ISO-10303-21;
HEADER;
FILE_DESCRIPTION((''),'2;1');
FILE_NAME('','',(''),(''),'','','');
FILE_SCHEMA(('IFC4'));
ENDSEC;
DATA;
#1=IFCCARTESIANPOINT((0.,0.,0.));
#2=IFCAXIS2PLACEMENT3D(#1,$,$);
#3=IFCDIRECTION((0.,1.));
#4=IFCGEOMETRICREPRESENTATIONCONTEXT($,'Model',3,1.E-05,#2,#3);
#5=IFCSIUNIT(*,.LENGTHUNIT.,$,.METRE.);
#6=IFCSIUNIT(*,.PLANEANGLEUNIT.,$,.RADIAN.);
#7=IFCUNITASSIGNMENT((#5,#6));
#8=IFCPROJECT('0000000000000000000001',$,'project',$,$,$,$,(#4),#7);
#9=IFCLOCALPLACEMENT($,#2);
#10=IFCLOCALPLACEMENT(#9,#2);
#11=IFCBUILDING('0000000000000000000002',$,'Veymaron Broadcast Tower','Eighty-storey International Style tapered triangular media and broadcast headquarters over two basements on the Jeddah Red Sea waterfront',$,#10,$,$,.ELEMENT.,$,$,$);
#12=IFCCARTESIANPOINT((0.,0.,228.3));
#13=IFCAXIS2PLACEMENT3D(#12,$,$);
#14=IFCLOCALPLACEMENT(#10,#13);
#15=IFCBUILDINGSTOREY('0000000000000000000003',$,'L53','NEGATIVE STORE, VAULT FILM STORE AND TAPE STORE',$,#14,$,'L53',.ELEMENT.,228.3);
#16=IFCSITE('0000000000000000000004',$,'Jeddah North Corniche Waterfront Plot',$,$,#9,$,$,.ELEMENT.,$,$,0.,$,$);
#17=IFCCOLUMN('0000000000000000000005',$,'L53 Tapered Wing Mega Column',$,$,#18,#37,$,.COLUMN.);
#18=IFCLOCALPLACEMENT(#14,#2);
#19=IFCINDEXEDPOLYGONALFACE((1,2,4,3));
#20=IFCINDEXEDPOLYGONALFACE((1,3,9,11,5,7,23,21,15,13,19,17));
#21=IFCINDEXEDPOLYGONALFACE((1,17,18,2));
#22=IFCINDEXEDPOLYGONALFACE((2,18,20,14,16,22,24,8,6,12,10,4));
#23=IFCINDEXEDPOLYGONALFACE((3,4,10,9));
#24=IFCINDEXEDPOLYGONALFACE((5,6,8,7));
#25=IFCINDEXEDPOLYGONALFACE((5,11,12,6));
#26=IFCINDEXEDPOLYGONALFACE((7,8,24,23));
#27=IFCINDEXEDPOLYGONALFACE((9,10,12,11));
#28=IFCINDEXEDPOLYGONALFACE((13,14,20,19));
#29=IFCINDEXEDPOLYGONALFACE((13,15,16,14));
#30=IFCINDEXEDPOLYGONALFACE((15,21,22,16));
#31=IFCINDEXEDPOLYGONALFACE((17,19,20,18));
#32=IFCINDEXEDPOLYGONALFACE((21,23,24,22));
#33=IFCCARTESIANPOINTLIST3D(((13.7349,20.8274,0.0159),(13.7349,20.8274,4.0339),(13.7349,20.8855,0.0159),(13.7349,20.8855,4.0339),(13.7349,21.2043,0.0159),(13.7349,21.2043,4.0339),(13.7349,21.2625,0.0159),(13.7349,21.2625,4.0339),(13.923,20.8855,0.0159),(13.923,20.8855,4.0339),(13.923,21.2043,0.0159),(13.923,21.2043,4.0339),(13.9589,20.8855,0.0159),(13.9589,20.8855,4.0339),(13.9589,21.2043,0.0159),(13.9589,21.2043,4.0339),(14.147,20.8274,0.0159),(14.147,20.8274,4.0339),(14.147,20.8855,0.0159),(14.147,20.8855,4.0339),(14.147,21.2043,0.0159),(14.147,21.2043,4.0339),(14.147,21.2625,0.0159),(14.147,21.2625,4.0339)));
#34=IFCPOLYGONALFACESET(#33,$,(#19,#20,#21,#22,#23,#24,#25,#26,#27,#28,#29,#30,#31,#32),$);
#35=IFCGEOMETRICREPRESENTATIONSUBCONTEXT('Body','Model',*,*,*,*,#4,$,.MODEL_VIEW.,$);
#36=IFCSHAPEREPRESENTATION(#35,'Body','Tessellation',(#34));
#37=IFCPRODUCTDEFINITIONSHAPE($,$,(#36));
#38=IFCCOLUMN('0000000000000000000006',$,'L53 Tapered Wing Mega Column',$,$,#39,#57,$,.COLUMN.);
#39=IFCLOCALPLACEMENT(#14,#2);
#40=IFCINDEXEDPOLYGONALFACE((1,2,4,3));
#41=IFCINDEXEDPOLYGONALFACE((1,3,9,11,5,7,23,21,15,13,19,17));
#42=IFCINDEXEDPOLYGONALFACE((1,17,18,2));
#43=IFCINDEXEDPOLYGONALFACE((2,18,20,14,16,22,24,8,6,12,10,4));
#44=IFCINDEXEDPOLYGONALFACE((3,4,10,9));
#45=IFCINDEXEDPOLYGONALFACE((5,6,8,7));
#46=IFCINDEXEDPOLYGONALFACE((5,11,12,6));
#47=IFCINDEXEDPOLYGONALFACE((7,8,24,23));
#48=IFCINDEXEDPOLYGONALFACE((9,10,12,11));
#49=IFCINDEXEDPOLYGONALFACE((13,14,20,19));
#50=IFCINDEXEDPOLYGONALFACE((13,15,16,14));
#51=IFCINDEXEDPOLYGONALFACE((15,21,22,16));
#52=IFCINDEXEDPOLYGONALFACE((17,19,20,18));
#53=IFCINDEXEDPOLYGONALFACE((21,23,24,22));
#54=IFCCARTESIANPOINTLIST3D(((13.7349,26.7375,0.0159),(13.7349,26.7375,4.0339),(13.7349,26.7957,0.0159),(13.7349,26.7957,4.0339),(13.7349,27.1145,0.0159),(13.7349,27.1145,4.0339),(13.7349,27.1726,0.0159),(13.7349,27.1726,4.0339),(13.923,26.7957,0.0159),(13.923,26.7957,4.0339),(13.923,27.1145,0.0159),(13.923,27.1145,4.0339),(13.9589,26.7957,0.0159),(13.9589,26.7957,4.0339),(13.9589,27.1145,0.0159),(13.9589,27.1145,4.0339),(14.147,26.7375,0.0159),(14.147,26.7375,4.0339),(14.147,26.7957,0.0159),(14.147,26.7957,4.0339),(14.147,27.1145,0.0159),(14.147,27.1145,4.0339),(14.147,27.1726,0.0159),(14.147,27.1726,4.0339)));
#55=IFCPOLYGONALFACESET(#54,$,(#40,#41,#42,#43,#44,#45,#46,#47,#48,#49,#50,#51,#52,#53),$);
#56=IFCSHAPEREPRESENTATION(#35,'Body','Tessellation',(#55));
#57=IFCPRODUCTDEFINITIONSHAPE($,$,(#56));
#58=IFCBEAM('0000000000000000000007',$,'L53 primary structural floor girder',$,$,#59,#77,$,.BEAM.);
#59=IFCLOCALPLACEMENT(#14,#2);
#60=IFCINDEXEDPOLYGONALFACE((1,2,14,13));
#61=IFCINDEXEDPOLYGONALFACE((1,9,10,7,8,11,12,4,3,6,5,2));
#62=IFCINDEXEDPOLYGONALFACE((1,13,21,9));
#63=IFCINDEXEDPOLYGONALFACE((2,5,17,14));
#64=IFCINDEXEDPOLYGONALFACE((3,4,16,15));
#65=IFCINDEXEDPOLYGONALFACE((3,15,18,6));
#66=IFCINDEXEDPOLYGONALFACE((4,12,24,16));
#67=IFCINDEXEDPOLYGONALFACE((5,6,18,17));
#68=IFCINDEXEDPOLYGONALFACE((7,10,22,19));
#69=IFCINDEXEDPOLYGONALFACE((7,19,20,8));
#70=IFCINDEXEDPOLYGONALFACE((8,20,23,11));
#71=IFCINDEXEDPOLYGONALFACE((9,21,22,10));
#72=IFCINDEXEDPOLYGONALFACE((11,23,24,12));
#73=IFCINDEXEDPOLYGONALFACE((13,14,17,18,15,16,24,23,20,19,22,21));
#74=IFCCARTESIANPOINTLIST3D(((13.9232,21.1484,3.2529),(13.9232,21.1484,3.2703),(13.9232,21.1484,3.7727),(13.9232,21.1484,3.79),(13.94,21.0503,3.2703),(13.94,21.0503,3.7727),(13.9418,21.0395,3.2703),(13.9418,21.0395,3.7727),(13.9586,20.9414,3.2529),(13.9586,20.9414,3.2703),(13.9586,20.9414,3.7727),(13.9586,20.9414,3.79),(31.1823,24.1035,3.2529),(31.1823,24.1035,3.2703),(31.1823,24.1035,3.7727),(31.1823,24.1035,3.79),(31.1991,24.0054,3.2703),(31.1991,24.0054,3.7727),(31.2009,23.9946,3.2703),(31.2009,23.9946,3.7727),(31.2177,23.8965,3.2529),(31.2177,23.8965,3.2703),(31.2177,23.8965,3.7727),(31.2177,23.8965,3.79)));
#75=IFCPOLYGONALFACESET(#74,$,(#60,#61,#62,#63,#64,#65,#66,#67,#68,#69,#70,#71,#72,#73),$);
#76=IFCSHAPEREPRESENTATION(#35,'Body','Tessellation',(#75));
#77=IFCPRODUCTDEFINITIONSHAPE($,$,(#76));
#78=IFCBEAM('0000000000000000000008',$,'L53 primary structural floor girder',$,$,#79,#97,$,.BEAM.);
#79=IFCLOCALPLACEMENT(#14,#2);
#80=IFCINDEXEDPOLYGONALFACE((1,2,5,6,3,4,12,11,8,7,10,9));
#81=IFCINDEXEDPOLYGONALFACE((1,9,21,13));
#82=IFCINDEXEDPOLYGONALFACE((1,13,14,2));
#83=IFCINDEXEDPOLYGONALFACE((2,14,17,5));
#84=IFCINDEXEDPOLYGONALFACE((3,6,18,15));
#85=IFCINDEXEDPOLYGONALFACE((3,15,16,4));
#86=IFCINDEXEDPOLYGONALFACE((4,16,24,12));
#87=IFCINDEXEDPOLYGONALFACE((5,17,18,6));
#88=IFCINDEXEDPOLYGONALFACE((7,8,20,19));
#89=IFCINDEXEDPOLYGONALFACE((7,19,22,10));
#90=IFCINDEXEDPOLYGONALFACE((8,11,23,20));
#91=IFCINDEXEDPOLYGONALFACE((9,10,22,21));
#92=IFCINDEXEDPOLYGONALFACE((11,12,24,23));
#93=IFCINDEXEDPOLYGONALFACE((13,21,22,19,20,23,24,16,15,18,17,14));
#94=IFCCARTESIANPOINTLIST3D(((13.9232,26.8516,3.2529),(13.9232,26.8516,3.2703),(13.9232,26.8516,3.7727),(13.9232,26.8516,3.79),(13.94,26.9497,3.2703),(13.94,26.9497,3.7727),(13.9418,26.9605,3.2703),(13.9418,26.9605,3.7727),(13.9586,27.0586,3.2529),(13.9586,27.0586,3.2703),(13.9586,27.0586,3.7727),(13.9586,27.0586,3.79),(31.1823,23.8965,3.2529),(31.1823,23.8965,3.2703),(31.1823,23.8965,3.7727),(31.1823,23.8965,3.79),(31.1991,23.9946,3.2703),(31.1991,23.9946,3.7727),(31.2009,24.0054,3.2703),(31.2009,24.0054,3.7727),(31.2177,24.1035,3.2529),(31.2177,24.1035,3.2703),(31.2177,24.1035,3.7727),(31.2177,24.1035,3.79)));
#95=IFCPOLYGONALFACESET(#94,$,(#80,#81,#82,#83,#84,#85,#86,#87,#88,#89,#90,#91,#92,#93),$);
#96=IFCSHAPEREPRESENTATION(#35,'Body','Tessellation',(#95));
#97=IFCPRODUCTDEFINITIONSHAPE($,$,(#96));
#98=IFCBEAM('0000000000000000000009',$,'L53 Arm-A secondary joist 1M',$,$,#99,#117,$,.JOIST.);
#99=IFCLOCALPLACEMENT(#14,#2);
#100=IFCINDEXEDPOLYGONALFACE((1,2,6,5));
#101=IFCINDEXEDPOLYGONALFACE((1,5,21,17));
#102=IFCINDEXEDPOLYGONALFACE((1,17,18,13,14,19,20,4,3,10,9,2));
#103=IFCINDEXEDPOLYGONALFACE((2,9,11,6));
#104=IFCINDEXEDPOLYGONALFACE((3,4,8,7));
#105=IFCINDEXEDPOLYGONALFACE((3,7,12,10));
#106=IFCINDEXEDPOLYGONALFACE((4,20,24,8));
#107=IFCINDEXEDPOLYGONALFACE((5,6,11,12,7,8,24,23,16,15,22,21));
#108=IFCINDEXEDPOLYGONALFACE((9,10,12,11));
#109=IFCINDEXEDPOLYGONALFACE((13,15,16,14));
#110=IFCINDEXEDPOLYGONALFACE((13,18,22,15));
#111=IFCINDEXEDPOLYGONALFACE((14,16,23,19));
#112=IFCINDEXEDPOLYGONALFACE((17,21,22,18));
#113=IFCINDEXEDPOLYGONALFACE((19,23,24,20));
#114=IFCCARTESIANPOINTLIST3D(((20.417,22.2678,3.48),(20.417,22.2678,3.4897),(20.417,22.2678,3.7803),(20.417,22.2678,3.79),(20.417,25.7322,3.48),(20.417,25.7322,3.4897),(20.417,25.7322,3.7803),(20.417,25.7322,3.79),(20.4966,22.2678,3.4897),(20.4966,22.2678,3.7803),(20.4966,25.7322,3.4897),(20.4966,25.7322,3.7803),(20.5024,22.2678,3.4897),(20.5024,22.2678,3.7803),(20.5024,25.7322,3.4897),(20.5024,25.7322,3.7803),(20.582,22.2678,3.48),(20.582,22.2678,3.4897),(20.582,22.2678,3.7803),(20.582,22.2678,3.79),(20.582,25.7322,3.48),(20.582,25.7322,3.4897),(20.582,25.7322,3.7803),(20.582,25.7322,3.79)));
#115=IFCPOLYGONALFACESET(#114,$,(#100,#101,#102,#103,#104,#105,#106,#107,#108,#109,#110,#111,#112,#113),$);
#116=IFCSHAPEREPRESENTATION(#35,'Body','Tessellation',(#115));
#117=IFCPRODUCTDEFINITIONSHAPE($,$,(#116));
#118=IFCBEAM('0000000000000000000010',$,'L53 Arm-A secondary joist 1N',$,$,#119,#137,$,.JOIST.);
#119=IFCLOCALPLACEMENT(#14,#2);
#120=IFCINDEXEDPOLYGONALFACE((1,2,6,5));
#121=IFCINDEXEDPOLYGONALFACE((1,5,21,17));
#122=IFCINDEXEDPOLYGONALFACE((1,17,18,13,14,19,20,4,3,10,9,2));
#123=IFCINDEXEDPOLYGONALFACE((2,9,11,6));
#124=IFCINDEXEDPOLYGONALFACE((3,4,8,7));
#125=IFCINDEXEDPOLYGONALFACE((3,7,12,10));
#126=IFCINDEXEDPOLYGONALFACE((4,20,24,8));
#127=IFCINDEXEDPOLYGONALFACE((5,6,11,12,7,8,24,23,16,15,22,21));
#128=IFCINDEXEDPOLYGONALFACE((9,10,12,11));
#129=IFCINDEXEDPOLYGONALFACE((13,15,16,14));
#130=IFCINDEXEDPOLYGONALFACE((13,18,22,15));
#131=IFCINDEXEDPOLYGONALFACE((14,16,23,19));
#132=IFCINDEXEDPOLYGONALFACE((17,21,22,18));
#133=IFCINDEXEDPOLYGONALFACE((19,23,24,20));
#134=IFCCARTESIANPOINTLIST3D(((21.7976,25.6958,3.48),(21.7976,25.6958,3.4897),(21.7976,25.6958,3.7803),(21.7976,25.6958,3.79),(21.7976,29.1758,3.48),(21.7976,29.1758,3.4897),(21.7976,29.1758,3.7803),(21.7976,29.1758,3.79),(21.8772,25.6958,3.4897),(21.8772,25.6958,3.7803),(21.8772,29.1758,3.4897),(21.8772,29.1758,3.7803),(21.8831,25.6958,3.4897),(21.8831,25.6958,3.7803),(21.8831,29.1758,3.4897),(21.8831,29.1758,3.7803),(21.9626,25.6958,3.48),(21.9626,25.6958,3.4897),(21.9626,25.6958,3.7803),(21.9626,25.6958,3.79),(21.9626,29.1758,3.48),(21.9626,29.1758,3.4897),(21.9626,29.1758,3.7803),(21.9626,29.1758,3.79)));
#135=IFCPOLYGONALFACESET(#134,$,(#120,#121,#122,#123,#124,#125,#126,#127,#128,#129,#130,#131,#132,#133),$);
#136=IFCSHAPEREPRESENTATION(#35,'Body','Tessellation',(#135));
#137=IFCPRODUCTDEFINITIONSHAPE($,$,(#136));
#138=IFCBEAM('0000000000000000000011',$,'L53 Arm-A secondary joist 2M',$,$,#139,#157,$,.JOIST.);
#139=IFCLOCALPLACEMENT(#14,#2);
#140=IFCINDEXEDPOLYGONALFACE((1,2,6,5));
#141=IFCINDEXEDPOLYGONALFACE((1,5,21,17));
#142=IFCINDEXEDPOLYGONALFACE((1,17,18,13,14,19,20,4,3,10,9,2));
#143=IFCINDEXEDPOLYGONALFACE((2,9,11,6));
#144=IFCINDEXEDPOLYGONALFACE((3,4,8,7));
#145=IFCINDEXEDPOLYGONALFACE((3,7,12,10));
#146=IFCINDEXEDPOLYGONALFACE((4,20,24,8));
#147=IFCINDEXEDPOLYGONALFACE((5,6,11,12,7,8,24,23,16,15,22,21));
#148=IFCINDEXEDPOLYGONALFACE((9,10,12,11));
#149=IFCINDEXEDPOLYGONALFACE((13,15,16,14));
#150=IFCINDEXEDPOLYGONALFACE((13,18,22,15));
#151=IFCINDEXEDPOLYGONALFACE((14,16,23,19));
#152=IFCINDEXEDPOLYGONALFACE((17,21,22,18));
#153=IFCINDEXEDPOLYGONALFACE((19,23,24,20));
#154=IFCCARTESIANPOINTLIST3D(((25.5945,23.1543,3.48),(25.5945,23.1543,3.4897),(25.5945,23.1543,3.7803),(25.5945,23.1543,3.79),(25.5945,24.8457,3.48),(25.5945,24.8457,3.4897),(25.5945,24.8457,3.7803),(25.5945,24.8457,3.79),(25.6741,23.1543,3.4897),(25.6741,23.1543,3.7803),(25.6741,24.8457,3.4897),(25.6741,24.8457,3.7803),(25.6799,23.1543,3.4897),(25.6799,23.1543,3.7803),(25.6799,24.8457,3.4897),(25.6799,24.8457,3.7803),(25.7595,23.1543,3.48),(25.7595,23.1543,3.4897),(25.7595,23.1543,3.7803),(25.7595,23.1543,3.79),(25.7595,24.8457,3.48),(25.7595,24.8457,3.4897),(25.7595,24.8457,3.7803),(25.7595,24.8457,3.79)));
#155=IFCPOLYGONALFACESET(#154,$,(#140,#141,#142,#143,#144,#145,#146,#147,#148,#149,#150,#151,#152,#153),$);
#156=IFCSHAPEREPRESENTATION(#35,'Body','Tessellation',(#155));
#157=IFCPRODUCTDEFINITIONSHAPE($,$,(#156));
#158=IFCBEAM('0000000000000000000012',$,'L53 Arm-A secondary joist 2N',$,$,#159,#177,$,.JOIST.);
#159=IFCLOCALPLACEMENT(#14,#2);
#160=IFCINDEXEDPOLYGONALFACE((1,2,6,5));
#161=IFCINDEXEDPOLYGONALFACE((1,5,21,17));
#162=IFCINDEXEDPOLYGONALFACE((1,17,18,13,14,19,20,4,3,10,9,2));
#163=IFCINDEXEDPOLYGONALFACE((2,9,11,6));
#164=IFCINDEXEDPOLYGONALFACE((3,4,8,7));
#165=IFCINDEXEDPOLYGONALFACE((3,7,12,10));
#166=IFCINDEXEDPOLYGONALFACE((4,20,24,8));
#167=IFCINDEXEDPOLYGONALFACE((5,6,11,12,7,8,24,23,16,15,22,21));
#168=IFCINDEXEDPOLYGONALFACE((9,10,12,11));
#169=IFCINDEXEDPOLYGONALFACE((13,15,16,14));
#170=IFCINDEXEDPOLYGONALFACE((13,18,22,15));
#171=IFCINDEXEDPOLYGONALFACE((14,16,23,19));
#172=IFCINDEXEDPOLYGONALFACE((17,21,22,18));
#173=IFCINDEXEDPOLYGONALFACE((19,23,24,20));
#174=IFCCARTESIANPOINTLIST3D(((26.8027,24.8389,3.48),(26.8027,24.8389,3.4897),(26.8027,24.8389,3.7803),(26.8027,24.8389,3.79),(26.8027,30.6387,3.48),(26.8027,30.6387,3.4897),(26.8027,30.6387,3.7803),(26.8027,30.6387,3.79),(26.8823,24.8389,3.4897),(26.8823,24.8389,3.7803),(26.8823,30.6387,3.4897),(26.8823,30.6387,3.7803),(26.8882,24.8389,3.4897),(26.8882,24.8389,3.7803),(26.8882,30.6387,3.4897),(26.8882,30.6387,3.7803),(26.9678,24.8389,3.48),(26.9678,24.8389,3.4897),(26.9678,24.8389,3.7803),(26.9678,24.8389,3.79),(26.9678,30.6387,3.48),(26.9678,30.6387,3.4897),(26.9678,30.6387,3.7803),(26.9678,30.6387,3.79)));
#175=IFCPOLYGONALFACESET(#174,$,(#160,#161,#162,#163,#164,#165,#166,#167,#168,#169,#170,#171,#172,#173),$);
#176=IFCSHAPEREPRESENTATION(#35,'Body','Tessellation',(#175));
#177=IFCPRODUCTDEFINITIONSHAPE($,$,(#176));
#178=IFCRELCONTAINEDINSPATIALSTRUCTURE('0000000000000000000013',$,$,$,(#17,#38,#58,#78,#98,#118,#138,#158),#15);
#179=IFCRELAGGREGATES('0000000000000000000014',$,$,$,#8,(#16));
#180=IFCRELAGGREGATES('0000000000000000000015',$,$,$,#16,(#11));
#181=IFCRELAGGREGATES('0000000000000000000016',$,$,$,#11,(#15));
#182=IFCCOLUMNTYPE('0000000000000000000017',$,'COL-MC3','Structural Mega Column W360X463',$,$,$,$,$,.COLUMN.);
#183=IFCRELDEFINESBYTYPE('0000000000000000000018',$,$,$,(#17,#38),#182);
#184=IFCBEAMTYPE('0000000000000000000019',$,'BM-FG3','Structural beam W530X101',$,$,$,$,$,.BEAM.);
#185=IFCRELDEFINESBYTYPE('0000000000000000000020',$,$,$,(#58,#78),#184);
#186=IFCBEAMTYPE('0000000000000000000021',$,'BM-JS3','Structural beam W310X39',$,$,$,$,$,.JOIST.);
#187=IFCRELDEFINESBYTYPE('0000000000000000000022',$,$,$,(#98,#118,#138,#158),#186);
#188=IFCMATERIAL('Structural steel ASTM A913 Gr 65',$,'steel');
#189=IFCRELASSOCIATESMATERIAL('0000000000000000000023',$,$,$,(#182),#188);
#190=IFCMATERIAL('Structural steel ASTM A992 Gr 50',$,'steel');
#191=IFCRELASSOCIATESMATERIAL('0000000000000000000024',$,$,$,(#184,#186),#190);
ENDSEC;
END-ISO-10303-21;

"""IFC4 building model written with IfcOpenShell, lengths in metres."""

from ifc_helpers import new_model, si_unit, direction, frame, origin, origin_2d, place, context, subcontext, project, spatial, i_section, extrude, material, material_profile, profile_set, type_object, element, save


model = new_model("IFC4")

# Units and contexts
model_context = context("Model", 3, precision=1e-05, world=origin(), true_north=direction((0.0, 1.0)))
body_context = subcontext(model_context, "Body", "Model", "MODEL_VIEW")
ifc_project = project(units=[si_unit("LENGTHUNIT", "METRE"), si_unit("PLANEANGLEUNIT", "RADIAN")], contexts=[model_context])

# Site, building, storey
site_placement = place(None, origin())
site = spatial("IfcSite", under=ifc_project, at=site_placement, Name="Jeddah North Corniche Waterfront Plot", CompositionType="ELEMENT", RefElevation=0.0)
building_placement = place(site_placement, origin())
building = spatial("IfcBuilding", under=site, at=building_placement, Name="Veymaron Broadcast Tower", Description="Eighty-storey International Style tapered triangular media and broadcast headquarters over two basements on the Jeddah Red Sea waterfront", CompositionType="ELEMENT")
storey_placement = place(building_placement, frame((0.0, 0.0, 228.3)))
storey = spatial("IfcBuildingStorey", under=building, at=storey_placement, Name="L53", Description="NEGATIVE STORE, VAULT FILM STORE AND TAPE STORE", LongName="L53", CompositionType="ELEMENT", Elevation=228.3)

# Columns
ifc_material_1 = material(Name="Structural steel ASTM A913 Gr 65", Category="steel")
ifc_material_profile_1 = material_profile(ifc_material_1, i_section(OverallWidth=0.4121, OverallDepth=0.4351, WebThickness=0.0359, FlangeThickness=0.0581, at=origin_2d()), Name="W360X463")
ifc_profile_set_1 = profile_set([ifc_material_profile_1], Name="Structural steel ASTM A913 Gr 65")
column_type = type_object("IfcColumnType", Name="COL-MC3", Description="Structural Mega Column W360X463", PredefinedType="COLUMN", material=ifc_profile_set_1)
for number, where, z_axis, x_axis, name in (
    (1, (13.9409, 21.0449, 0.0159), (0.0, 0.0, 1.0), (1.0, 0.0, 0.0), "L53 Tapered Wing Mega Column"),
    (2, (13.9409, 26.9551, 0.0159), (0.0, 0.0, 1.0), (1.0, 0.0, 0.0), "L53 Tapered Wing Mega Column"),
):
    element("IfcColumn", number, at=place(storey_placement, frame(where, z_axis=z_axis, x_axis=x_axis)), inside=storey, type_object=column_type, Name=name, PredefinedType="COLUMN", context=body_context, shape_type="SweptSolid", body=[
        extrude(i_section(OverallWidth=0.4121, OverallDepth=0.4351, WebThickness=0.0359, FlangeThickness=0.0581, at=origin_2d()), origin(), (0.0, 0.0, 1.0), 4.0181),
    ])

# Beams
ifc_material_2 = material(Name="Structural steel ASTM A992 Gr 50", Category="steel")
ifc_material_profile_2 = material_profile(ifc_material_2, i_section(OverallWidth=0.21, OverallDepth=0.5371, WebThickness=0.011, FlangeThickness=0.0173, at=origin_2d()), Name="W530X101")
ifc_profile_set_2 = profile_set([ifc_material_profile_2], Name="Structural steel ASTM A992 Gr 50")
beam_type_1 = type_object("IfcBeamType", Name="BM-FG3", Description="Structural beam W530X101", PredefinedType="BEAM", material=ifc_profile_set_2)
for number, where, z_axis, x_axis, name in (
    (3, (13.9409, 21.0449, 3.5215), (0.985657, 0.168763, 0.0), (-0.168763, 0.985657, 0.0), "L53 primary structural floor girder"),
    (4, (13.9409, 26.9551, 3.5215), (0.985657, -0.168763, 0.0), (0.168763, 0.985657, 0.0), "L53 primary structural floor girder"),
):
    element("IfcBeam", number, at=place(storey_placement, frame(where, z_axis=z_axis, x_axis=x_axis)), inside=storey, type_object=beam_type_1, Name=name, PredefinedType="BEAM", context=body_context, shape_type="SweptSolid", body=[
        extrude(i_section(OverallWidth=0.21, OverallDepth=0.5371, WebThickness=0.011, FlangeThickness=0.0173, at=origin_2d()), origin(), (0.0, 0.0, 1.0), 17.5103),
    ])
ifc_material_profile_3 = material_profile(ifc_material_2, i_section(OverallWidth=0.165, OverallDepth=0.3101, WebThickness=0.0059, FlangeThickness=0.0098, at=origin_2d()), Name="W310X39")
ifc_profile_set_3 = profile_set([ifc_material_profile_3], Name="Structural steel ASTM A992 Gr 50")
beam_type_2 = type_object("IfcBeamType", Name="BM-JS3", Description="Structural beam W310X39", PredefinedType="JOIST", material=ifc_profile_set_3)
beam_1_placement = place(storey_placement, frame((20.4995, 22.2678, 3.635), z_axis=(0.0, 1.0, 0.0), x_axis=(-1.0, 0.0, 0.0)))
element("IfcBeam", 5, at=beam_1_placement, inside=storey, type_object=beam_type_2, Name="L53 Arm-A secondary joist 1M", PredefinedType="JOIST", context=body_context, shape_type="SweptSolid", body=[
    extrude(i_section(OverallWidth=0.165, OverallDepth=0.3101, WebThickness=0.0059, FlangeThickness=0.0098, at=origin_2d()), origin(), (0.0, 0.0, 1.0), 3.4644),
])
beam_2_placement = place(storey_placement, frame((21.8801, 25.6958, 3.635), z_axis=(0.0, 1.0, 0.0), x_axis=(-1.0, 0.0, 0.0)))
element("IfcBeam", 6, at=beam_2_placement, inside=storey, type_object=beam_type_2, Name="L53 Arm-A secondary joist 1N", PredefinedType="JOIST", context=body_context, shape_type="SweptSolid", body=[
    extrude(i_section(OverallWidth=0.165, OverallDepth=0.3101, WebThickness=0.0059, FlangeThickness=0.0098, at=origin_2d()), origin(), (0.0, 0.0, 1.0), 3.48),
])
beam_3_placement = place(storey_placement, frame((25.677, 23.1543, 3.635), z_axis=(0.0, 1.0, 0.0), x_axis=(-1.0, 0.0, 0.0)))
element("IfcBeam", 7, at=beam_3_placement, inside=storey, type_object=beam_type_2, Name="L53 Arm-A secondary joist 2M", PredefinedType="JOIST", context=body_context, shape_type="SweptSolid", body=[
    extrude(i_section(OverallWidth=0.165, OverallDepth=0.3101, WebThickness=0.0059, FlangeThickness=0.0098, at=origin_2d()), origin(), (0.0, 0.0, 1.0), 1.6914),
])
beam_4_placement = place(storey_placement, frame((26.8853, 24.8389, 3.635), z_axis=(0.0, 1.0, 0.0), x_axis=(-1.0, 0.0, 0.0)))
element("IfcBeam", 8, at=beam_4_placement, inside=storey, type_object=beam_type_2, Name="L53 Arm-A secondary joist 2N", PredefinedType="JOIST", context=body_context, shape_type="SweptSolid", body=[
    extrude(i_section(OverallWidth=0.165, OverallDepth=0.3101, WebThickness=0.0059, FlangeThickness=0.0098, at=origin_2d()), origin(), (0.0, 0.0, 1.0), 5.7998),
])

save(model, "model.ifc")
